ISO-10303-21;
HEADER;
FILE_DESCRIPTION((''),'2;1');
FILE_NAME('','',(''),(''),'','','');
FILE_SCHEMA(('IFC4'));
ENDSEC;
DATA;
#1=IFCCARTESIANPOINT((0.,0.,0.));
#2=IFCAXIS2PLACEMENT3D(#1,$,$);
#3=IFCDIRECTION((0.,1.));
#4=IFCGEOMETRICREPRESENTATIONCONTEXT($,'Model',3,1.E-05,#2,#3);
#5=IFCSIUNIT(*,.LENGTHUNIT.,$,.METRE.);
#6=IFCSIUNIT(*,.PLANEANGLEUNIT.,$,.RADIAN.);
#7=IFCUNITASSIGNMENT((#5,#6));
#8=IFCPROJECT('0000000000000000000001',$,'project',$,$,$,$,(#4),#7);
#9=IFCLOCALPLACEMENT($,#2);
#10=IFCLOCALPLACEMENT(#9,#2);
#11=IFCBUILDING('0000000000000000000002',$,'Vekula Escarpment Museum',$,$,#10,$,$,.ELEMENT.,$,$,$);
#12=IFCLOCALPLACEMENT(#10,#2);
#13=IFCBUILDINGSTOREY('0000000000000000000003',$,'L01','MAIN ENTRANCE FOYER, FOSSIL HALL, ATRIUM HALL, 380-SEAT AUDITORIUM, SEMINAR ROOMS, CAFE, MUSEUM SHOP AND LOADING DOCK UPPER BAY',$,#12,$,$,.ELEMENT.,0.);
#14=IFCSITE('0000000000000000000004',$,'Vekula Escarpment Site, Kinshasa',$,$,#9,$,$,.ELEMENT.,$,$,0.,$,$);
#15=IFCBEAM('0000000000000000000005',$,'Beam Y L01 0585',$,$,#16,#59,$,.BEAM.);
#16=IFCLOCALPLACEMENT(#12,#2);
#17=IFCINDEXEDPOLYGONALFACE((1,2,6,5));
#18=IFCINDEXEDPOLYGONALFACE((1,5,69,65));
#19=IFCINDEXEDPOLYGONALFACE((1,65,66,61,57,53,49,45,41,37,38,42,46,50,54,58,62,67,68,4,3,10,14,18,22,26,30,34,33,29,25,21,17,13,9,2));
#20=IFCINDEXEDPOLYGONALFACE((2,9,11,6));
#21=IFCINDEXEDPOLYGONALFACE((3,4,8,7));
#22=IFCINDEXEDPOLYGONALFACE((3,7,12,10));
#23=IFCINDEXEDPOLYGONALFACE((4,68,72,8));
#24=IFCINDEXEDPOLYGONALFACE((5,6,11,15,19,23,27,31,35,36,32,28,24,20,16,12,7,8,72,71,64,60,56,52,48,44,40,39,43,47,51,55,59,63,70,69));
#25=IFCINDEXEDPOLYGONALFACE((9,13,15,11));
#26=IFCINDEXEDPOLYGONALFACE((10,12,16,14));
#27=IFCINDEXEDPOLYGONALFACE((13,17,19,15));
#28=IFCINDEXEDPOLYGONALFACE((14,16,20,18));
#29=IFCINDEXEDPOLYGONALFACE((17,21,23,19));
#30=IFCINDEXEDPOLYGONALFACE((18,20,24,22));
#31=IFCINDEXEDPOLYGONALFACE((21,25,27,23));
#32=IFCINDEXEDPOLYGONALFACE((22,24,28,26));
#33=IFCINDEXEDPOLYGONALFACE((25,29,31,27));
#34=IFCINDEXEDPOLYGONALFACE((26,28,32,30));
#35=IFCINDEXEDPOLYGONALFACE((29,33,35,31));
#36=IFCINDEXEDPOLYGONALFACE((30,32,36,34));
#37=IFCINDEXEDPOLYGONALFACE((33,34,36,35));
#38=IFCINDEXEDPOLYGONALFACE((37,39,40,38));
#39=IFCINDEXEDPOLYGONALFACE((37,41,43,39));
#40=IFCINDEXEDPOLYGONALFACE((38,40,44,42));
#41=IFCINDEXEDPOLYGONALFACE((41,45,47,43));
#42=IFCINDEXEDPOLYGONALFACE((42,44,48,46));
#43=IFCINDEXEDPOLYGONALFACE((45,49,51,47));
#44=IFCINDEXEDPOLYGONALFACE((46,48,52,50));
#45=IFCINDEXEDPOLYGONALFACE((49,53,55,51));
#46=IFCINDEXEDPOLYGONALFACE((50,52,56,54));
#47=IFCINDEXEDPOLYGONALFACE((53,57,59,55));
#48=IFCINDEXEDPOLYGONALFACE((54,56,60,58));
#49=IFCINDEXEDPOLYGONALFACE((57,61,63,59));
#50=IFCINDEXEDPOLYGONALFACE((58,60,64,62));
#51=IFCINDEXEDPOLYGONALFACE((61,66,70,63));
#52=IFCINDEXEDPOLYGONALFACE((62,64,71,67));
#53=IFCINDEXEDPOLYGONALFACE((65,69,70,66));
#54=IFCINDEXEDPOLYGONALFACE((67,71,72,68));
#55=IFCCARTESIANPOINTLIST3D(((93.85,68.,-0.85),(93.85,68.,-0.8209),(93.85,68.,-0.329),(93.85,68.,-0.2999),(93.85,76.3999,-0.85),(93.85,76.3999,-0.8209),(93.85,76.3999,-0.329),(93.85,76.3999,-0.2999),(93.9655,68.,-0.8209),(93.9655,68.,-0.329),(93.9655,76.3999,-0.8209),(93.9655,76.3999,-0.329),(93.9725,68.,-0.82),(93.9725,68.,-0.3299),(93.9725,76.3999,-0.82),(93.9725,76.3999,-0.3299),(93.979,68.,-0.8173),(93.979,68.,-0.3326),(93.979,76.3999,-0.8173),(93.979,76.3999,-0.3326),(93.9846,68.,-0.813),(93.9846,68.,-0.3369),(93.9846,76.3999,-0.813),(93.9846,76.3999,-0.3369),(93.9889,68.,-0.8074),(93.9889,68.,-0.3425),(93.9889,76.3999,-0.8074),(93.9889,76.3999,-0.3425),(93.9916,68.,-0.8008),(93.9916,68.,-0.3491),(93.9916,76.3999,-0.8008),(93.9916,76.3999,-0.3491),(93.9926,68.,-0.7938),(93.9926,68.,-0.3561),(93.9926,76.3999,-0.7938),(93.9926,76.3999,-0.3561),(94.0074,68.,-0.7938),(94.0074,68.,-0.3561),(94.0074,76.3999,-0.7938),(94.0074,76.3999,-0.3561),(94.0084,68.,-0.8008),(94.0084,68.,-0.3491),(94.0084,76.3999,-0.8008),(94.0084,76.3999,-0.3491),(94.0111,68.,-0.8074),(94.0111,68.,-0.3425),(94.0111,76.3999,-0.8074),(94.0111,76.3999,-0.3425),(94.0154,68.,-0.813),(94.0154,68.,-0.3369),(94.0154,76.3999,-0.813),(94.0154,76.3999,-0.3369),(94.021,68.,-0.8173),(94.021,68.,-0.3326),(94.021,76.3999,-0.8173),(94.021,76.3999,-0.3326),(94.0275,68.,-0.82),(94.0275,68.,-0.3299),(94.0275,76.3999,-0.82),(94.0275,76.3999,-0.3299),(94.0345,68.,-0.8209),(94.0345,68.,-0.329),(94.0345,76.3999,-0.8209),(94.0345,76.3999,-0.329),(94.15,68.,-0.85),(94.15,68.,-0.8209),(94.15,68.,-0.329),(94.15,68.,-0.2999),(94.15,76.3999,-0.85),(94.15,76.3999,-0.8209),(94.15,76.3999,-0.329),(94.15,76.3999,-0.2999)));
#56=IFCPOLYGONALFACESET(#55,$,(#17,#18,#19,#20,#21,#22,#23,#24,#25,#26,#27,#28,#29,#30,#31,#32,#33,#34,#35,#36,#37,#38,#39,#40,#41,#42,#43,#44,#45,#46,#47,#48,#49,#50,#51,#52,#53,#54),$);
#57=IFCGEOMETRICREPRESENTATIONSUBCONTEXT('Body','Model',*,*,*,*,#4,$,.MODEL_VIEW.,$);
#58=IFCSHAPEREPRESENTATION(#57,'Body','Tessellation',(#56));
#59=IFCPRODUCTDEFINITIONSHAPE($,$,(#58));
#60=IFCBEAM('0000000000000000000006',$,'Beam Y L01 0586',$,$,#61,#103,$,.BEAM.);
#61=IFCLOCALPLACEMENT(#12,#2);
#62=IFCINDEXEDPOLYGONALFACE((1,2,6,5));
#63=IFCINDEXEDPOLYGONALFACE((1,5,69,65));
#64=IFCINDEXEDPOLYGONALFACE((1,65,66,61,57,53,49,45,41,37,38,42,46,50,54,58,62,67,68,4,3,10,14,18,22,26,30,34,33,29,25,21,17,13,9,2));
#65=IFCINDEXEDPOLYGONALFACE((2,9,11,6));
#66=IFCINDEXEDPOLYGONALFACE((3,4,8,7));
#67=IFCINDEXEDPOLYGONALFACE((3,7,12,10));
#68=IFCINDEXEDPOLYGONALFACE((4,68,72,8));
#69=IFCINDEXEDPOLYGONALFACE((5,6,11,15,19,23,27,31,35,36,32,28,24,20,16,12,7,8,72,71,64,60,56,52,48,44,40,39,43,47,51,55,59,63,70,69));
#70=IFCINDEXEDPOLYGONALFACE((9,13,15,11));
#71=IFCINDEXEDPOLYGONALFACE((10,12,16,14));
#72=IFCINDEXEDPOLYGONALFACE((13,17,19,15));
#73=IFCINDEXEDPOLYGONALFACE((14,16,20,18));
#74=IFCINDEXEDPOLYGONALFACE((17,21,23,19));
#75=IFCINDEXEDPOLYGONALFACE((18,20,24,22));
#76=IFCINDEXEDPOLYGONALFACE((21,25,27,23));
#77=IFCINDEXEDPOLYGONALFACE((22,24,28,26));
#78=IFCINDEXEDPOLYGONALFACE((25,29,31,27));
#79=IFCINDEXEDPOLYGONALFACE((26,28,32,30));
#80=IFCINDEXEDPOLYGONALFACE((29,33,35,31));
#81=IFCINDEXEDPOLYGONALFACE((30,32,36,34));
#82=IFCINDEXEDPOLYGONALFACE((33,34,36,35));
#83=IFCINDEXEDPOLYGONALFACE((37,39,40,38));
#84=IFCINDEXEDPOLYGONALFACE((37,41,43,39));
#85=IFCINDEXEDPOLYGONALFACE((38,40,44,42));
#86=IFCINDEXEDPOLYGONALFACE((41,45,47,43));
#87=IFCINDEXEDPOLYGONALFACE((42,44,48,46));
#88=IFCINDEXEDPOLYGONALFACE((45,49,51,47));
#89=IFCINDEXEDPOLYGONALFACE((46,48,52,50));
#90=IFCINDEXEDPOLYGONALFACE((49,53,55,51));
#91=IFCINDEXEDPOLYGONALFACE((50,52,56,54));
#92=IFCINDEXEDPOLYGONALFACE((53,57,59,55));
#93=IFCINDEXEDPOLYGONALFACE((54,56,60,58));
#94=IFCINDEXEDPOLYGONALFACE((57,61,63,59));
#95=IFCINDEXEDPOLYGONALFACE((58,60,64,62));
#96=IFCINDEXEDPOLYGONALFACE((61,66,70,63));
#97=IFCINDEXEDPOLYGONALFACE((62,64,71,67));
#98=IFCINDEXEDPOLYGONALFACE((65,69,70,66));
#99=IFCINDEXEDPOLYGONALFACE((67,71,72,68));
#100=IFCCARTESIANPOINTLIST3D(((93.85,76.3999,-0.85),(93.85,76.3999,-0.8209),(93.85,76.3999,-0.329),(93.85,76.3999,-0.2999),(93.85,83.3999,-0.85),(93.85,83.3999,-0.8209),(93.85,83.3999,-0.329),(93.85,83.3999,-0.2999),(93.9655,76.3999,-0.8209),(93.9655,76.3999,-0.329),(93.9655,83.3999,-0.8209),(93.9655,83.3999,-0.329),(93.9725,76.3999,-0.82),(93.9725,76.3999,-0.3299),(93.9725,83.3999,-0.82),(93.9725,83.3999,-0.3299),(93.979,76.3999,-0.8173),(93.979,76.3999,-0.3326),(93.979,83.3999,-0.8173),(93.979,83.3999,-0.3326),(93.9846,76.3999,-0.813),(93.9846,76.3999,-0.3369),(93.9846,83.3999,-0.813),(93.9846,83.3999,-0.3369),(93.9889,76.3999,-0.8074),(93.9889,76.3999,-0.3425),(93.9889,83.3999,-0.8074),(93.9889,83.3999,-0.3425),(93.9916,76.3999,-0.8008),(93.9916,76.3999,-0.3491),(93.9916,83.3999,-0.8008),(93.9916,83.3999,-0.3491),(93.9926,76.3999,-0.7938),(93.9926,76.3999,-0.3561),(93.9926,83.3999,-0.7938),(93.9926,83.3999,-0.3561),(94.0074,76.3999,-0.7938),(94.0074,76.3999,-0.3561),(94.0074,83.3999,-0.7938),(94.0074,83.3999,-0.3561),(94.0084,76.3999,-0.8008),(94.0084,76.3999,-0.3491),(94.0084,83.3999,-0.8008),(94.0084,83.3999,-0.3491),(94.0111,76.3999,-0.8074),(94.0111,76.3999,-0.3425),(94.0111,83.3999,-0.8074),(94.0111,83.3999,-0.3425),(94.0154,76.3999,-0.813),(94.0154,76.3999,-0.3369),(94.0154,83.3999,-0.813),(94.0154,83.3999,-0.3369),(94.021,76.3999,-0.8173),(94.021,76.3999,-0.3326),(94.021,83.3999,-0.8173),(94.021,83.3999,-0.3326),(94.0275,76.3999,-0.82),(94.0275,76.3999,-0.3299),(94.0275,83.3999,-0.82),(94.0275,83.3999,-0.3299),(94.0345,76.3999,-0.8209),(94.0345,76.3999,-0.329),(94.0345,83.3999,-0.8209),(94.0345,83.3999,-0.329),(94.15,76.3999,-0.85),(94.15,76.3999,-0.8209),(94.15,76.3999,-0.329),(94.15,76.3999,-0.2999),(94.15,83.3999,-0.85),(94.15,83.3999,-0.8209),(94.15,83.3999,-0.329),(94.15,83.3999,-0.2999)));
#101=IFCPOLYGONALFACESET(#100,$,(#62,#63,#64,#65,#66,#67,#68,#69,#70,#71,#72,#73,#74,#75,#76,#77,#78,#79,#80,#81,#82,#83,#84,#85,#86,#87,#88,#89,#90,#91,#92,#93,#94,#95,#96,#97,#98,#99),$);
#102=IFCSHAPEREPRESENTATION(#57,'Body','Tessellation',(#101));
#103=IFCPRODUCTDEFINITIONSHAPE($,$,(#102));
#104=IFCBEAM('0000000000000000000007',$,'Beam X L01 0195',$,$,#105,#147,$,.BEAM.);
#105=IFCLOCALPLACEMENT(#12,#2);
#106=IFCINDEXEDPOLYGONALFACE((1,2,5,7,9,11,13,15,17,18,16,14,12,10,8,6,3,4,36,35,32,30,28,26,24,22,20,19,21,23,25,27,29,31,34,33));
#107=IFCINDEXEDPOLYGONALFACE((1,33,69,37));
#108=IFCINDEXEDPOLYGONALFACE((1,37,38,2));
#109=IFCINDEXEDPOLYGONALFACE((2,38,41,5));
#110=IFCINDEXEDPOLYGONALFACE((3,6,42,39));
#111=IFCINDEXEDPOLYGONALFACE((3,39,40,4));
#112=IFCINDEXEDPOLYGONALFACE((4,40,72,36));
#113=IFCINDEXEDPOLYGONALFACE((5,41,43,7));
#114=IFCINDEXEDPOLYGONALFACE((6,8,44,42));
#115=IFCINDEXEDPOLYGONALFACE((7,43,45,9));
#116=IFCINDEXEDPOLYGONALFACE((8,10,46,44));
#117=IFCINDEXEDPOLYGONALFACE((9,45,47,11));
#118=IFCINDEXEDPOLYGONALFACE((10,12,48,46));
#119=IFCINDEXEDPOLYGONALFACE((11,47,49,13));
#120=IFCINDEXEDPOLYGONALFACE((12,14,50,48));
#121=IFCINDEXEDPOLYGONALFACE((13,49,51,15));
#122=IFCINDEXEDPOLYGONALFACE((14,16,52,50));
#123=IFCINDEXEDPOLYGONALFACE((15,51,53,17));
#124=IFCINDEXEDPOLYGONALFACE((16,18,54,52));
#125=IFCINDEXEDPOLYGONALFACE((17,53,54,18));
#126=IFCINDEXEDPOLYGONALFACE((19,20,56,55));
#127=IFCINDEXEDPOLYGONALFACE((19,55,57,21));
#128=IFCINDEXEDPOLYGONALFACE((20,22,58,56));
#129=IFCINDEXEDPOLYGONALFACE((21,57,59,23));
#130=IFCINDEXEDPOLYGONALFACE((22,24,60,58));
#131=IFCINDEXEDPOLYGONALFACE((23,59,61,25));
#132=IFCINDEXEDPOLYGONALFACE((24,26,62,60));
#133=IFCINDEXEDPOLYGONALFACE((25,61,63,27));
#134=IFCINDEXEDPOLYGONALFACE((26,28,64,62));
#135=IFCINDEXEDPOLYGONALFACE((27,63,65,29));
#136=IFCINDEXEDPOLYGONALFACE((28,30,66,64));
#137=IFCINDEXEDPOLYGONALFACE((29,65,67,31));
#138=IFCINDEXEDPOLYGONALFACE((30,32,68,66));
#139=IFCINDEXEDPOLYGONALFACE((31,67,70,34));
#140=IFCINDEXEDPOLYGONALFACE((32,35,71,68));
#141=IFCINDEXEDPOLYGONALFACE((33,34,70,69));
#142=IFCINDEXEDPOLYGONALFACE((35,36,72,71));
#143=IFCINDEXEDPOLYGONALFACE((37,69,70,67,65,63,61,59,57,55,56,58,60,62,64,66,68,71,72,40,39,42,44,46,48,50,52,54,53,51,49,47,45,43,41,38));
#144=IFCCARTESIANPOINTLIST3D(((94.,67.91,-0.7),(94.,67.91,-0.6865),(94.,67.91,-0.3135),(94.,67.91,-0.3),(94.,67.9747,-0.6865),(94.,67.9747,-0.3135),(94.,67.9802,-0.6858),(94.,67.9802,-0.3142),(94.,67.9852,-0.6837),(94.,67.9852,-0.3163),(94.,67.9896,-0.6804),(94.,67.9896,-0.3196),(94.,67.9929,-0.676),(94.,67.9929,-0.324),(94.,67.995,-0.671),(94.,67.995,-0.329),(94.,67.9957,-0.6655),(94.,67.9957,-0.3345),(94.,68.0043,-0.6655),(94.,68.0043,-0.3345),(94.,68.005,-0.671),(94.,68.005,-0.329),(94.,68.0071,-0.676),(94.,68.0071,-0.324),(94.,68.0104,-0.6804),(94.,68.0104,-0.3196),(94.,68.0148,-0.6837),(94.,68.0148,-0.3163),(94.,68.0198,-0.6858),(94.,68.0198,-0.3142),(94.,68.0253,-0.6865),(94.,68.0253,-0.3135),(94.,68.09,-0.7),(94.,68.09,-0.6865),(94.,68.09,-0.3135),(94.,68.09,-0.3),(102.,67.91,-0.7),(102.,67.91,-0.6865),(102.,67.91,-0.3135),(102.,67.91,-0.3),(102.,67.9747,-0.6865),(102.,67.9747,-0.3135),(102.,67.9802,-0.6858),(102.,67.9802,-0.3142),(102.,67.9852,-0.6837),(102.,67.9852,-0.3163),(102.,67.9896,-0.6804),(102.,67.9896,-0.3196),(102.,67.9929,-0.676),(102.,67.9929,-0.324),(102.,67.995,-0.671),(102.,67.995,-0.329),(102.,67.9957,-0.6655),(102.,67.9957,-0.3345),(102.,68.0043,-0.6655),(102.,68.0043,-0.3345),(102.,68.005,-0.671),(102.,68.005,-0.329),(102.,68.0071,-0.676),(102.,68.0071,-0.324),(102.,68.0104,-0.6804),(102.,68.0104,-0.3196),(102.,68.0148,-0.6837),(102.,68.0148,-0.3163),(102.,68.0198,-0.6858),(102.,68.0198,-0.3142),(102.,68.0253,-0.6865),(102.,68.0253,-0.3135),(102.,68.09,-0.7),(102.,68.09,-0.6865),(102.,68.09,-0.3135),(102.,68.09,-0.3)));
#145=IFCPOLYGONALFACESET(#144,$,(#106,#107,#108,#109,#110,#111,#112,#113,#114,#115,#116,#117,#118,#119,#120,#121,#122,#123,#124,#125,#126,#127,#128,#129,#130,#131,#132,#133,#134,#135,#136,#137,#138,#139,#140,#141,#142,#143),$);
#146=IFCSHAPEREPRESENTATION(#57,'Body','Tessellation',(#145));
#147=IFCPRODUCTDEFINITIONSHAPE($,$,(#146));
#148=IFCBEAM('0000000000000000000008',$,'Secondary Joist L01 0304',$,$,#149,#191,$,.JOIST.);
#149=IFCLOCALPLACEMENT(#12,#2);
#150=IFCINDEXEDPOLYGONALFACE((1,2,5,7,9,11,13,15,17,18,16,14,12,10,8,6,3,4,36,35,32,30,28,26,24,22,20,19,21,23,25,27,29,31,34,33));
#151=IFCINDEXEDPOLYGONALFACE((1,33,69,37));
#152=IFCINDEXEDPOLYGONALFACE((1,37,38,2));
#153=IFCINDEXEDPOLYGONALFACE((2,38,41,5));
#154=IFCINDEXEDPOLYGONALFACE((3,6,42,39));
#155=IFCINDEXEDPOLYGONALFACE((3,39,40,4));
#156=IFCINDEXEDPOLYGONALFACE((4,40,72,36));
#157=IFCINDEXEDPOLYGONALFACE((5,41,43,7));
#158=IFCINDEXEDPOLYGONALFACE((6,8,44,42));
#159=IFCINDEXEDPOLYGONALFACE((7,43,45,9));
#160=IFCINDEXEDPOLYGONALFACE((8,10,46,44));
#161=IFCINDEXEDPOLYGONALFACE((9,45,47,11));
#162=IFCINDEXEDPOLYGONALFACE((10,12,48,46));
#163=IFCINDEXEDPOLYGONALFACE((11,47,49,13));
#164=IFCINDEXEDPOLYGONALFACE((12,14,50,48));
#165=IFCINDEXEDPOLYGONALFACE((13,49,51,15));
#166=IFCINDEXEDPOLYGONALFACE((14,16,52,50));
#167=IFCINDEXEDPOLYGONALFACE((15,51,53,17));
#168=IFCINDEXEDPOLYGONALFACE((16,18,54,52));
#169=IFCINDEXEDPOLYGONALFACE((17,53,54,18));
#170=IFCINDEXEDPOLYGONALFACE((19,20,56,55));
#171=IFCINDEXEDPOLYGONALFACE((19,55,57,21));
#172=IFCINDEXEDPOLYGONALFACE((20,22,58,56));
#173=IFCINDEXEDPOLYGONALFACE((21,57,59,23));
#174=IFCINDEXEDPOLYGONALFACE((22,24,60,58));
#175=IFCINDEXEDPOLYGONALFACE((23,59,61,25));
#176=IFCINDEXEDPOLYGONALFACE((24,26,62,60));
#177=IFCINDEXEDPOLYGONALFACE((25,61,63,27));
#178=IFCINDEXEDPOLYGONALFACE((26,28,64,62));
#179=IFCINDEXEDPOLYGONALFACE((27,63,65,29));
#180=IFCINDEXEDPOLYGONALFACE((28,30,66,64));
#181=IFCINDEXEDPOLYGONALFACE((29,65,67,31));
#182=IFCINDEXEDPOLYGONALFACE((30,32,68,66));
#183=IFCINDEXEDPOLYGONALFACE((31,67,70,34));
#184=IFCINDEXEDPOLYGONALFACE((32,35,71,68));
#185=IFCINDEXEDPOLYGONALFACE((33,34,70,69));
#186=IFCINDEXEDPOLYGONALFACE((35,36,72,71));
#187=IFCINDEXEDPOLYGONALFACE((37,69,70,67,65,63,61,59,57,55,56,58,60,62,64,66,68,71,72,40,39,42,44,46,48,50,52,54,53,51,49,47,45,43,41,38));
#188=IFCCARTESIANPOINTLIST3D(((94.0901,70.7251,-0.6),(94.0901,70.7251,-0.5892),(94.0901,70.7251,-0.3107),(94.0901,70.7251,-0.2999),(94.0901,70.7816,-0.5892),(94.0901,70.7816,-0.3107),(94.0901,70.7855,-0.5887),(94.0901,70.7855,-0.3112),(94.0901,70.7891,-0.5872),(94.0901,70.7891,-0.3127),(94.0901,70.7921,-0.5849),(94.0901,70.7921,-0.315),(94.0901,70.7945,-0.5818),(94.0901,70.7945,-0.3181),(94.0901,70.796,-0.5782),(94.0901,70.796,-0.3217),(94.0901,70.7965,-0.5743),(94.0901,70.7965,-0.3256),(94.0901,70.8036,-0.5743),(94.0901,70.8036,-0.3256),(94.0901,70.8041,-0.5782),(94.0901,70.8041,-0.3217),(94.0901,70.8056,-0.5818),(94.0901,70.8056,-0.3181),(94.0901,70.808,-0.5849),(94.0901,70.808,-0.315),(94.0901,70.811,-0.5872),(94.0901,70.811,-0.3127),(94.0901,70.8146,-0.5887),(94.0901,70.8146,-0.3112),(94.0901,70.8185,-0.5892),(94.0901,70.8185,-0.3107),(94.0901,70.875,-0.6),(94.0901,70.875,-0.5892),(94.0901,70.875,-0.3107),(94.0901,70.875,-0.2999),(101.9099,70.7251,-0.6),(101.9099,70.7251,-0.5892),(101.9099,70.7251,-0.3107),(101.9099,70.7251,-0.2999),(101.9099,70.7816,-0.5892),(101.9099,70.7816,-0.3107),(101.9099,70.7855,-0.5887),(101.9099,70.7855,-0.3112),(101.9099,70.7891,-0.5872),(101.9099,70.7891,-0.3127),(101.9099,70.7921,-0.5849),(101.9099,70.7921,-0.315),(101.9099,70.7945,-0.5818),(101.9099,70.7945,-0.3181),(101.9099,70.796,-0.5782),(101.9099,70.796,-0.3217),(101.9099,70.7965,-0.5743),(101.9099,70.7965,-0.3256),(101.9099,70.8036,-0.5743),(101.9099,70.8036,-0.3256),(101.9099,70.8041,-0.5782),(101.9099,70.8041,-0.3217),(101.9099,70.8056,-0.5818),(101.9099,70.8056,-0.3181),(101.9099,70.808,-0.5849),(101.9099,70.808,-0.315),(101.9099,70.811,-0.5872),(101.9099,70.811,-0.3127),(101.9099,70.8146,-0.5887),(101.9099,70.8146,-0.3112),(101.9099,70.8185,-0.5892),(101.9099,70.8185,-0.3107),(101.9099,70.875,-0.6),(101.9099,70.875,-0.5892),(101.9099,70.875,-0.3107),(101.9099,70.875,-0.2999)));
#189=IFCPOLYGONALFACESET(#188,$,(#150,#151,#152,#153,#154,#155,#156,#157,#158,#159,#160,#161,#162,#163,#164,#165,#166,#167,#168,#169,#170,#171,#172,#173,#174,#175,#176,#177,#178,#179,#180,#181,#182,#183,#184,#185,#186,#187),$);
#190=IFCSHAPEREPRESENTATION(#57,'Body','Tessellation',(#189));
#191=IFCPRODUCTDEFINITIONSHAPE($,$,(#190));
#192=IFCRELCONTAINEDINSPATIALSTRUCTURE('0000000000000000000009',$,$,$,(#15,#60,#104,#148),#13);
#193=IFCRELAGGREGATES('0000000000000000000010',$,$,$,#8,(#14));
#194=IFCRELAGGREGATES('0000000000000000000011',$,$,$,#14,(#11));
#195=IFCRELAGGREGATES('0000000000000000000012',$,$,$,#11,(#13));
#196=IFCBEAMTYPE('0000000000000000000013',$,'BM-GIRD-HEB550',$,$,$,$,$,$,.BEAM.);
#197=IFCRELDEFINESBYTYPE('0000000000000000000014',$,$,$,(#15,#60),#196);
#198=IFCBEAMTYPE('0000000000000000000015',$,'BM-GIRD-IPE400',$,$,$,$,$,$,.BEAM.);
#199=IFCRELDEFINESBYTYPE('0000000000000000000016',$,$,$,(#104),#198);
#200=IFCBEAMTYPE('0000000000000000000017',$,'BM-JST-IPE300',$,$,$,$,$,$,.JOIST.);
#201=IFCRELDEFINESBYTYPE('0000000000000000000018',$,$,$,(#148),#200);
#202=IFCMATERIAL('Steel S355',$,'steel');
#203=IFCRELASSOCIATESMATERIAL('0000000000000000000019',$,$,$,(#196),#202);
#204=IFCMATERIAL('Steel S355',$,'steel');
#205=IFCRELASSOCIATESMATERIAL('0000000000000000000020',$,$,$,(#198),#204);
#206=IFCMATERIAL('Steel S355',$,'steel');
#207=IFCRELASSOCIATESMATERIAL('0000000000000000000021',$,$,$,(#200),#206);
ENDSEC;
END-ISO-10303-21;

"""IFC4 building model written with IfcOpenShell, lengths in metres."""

from ifc_helpers import new_model, si_unit, direction, frame, origin, origin_2d, place, context, subcontext, project, spatial, i_section, extrude, material, material_profile, profile_set, type_object, element, save


model = new_model("IFC4")

# Units and contexts
model_context = context("Model", 3, precision=1e-05, world=origin(), true_north=direction((0.0, 1.0)))
body_context = subcontext(model_context, "Body", "Model", "MODEL_VIEW")
ifc_project = project(units=[si_unit("LENGTHUNIT", "METRE"), si_unit("PLANEANGLEUNIT", "RADIAN")], contexts=[model_context])

# Site, building, storey
site_placement = place(None, origin())
site = spatial("IfcSite", under=ifc_project, at=site_placement, Name="Vekula Escarpment Site, Kinshasa", CompositionType="ELEMENT", RefElevation=0.0)
building_placement = place(site_placement, origin())
building = spatial("IfcBuilding", under=site, at=building_placement, Name="Vekula Escarpment Museum", CompositionType="ELEMENT")
storey_placement = place(building_placement, origin())
storey = spatial("IfcBuildingStorey", under=building, at=storey_placement, Name="L01", Description="MAIN ENTRANCE FOYER, FOSSIL HALL, ATRIUM HALL, 380-SEAT AUDITORIUM, SEMINAR ROOMS, CAFE, MUSEUM SHOP AND LOADING DOCK UPPER BAY", CompositionType="ELEMENT", Elevation=0.0)

# Beams
ifc_material_1 = material(Name="Steel S355", Category="steel")
ifc_material_profile_1 = material_profile(ifc_material_1, i_section(OverallWidth=0.3, OverallDepth=0.55, WebThickness=0.0149, FlangeThickness=0.0291, FilletRadius=0.0271, at=origin_2d()), Name="HEB 550")
ifc_profile_set_1 = profile_set([ifc_material_profile_1], Name="Steel S355")
beam_type_1 = type_object("IfcBeamType", Name="BM-GIRD-HEB550", PredefinedType="BEAM", material=ifc_profile_set_1)
beam_1_placement = place(storey_placement, frame((94.0, 68.0, -0.575), z_axis=(0.0, 1.0, 0.0), x_axis=(-1.0, 0.0, 0.0)))
element("IfcBeam", 1, at=beam_1_placement, inside=storey, type_object=beam_type_1, Name="Beam Y L01 0585", PredefinedType="BEAM", context=body_context, shape_type="SweptSolid", body=[
    extrude(i_section(OverallWidth=0.3, OverallDepth=0.55, WebThickness=0.0149, FlangeThickness=0.0291, FilletRadius=0.0271, at=origin_2d()), origin(), (0.0, 0.0, 1.0), 8.3999),
])
beam_2_placement = place(storey_placement, frame((94.0, 76.3999, -0.575), z_axis=(0.0, 1.0, 0.0), x_axis=(-1.0, 0.0, 0.0)))
element("IfcBeam", 2, at=beam_2_placement, inside=storey, type_object=beam_type_1, Name="Beam Y L01 0586", PredefinedType="BEAM", context=body_context, shape_type="SweptSolid", body=[
    extrude(i_section(OverallWidth=0.3, OverallDepth=0.55, WebThickness=0.0149, FlangeThickness=0.0291, FilletRadius=0.0271, at=origin_2d()), origin(), (0.0, 0.0, 1.0), 7.0),
])
ifc_material_2 = material(Name="Steel S355", Category="steel")
ifc_material_profile_2 = material_profile(ifc_material_2, i_section(OverallWidth=0.1799, OverallDepth=0.3999, WebThickness=0.0085, FlangeThickness=0.0134, FilletRadius=0.021, at=origin_2d()), Name="IPE 400")
ifc_profile_set_2 = profile_set([ifc_material_profile_2], Name="Steel S355")
beam_type_2 = type_object("IfcBeamType", Name="BM-GIRD-IPE400", PredefinedType="BEAM", material=ifc_profile_set_2)
beam_3_placement = place(storey_placement, frame((94.0, 68.0, -0.5), z_axis=(1.0, 0.0, 0.0), x_axis=(0.0, 1.0, 0.0)))
element("IfcBeam", 3, at=beam_3_placement, inside=storey, type_object=beam_type_2, Name="Beam X L01 0195", PredefinedType="BEAM", context=body_context, shape_type="SweptSolid", body=[
    extrude(i_section(OverallWidth=0.1799, OverallDepth=0.3999, WebThickness=0.0085, FlangeThickness=0.0134, FilletRadius=0.021, at=origin_2d()), origin(), (0.0, 0.0, 1.0), 8.0),
])
ifc_material_3 = material(Name="Steel S355", Category="steel")
ifc_material_profile_3 = material_profile(ifc_material_3, i_section(OverallWidth=0.1499, OverallDepth=0.3, WebThickness=0.0071, FlangeThickness=0.0107, FilletRadius=0.0149, at=origin_2d()), Name="IPE 300")
ifc_profile_set_3 = profile_set([ifc_material_profile_3], Name="Steel S355")
beam_type_3 = type_object("IfcBeamType", Name="BM-JST-IPE300", PredefinedType="JOIST", material=ifc_profile_set_3)
for number, where, z_axis, x_axis, name in (
    (4, (94.0901, 70.8, -0.45), (1.0, 0.0, 0.0), (0.0, 1.0, 0.0), "Secondary Joist L01 0304"),
):
    element("IfcBeam", number, at=place(storey_placement, frame(where, z_axis=z_axis, x_axis=x_axis)), inside=storey, type_object=beam_type_3, Name=name, PredefinedType="JOIST", context=body_context, shape_type="SweptSolid", body=[
        extrude(i_section(OverallWidth=0.1499, OverallDepth=0.3, WebThickness=0.0071, FlangeThickness=0.0107, FilletRadius=0.0149, at=origin_2d()), origin(), (0.0, 0.0, 1.0), 7.8198),
    ])

save(model, "model.ifc")
